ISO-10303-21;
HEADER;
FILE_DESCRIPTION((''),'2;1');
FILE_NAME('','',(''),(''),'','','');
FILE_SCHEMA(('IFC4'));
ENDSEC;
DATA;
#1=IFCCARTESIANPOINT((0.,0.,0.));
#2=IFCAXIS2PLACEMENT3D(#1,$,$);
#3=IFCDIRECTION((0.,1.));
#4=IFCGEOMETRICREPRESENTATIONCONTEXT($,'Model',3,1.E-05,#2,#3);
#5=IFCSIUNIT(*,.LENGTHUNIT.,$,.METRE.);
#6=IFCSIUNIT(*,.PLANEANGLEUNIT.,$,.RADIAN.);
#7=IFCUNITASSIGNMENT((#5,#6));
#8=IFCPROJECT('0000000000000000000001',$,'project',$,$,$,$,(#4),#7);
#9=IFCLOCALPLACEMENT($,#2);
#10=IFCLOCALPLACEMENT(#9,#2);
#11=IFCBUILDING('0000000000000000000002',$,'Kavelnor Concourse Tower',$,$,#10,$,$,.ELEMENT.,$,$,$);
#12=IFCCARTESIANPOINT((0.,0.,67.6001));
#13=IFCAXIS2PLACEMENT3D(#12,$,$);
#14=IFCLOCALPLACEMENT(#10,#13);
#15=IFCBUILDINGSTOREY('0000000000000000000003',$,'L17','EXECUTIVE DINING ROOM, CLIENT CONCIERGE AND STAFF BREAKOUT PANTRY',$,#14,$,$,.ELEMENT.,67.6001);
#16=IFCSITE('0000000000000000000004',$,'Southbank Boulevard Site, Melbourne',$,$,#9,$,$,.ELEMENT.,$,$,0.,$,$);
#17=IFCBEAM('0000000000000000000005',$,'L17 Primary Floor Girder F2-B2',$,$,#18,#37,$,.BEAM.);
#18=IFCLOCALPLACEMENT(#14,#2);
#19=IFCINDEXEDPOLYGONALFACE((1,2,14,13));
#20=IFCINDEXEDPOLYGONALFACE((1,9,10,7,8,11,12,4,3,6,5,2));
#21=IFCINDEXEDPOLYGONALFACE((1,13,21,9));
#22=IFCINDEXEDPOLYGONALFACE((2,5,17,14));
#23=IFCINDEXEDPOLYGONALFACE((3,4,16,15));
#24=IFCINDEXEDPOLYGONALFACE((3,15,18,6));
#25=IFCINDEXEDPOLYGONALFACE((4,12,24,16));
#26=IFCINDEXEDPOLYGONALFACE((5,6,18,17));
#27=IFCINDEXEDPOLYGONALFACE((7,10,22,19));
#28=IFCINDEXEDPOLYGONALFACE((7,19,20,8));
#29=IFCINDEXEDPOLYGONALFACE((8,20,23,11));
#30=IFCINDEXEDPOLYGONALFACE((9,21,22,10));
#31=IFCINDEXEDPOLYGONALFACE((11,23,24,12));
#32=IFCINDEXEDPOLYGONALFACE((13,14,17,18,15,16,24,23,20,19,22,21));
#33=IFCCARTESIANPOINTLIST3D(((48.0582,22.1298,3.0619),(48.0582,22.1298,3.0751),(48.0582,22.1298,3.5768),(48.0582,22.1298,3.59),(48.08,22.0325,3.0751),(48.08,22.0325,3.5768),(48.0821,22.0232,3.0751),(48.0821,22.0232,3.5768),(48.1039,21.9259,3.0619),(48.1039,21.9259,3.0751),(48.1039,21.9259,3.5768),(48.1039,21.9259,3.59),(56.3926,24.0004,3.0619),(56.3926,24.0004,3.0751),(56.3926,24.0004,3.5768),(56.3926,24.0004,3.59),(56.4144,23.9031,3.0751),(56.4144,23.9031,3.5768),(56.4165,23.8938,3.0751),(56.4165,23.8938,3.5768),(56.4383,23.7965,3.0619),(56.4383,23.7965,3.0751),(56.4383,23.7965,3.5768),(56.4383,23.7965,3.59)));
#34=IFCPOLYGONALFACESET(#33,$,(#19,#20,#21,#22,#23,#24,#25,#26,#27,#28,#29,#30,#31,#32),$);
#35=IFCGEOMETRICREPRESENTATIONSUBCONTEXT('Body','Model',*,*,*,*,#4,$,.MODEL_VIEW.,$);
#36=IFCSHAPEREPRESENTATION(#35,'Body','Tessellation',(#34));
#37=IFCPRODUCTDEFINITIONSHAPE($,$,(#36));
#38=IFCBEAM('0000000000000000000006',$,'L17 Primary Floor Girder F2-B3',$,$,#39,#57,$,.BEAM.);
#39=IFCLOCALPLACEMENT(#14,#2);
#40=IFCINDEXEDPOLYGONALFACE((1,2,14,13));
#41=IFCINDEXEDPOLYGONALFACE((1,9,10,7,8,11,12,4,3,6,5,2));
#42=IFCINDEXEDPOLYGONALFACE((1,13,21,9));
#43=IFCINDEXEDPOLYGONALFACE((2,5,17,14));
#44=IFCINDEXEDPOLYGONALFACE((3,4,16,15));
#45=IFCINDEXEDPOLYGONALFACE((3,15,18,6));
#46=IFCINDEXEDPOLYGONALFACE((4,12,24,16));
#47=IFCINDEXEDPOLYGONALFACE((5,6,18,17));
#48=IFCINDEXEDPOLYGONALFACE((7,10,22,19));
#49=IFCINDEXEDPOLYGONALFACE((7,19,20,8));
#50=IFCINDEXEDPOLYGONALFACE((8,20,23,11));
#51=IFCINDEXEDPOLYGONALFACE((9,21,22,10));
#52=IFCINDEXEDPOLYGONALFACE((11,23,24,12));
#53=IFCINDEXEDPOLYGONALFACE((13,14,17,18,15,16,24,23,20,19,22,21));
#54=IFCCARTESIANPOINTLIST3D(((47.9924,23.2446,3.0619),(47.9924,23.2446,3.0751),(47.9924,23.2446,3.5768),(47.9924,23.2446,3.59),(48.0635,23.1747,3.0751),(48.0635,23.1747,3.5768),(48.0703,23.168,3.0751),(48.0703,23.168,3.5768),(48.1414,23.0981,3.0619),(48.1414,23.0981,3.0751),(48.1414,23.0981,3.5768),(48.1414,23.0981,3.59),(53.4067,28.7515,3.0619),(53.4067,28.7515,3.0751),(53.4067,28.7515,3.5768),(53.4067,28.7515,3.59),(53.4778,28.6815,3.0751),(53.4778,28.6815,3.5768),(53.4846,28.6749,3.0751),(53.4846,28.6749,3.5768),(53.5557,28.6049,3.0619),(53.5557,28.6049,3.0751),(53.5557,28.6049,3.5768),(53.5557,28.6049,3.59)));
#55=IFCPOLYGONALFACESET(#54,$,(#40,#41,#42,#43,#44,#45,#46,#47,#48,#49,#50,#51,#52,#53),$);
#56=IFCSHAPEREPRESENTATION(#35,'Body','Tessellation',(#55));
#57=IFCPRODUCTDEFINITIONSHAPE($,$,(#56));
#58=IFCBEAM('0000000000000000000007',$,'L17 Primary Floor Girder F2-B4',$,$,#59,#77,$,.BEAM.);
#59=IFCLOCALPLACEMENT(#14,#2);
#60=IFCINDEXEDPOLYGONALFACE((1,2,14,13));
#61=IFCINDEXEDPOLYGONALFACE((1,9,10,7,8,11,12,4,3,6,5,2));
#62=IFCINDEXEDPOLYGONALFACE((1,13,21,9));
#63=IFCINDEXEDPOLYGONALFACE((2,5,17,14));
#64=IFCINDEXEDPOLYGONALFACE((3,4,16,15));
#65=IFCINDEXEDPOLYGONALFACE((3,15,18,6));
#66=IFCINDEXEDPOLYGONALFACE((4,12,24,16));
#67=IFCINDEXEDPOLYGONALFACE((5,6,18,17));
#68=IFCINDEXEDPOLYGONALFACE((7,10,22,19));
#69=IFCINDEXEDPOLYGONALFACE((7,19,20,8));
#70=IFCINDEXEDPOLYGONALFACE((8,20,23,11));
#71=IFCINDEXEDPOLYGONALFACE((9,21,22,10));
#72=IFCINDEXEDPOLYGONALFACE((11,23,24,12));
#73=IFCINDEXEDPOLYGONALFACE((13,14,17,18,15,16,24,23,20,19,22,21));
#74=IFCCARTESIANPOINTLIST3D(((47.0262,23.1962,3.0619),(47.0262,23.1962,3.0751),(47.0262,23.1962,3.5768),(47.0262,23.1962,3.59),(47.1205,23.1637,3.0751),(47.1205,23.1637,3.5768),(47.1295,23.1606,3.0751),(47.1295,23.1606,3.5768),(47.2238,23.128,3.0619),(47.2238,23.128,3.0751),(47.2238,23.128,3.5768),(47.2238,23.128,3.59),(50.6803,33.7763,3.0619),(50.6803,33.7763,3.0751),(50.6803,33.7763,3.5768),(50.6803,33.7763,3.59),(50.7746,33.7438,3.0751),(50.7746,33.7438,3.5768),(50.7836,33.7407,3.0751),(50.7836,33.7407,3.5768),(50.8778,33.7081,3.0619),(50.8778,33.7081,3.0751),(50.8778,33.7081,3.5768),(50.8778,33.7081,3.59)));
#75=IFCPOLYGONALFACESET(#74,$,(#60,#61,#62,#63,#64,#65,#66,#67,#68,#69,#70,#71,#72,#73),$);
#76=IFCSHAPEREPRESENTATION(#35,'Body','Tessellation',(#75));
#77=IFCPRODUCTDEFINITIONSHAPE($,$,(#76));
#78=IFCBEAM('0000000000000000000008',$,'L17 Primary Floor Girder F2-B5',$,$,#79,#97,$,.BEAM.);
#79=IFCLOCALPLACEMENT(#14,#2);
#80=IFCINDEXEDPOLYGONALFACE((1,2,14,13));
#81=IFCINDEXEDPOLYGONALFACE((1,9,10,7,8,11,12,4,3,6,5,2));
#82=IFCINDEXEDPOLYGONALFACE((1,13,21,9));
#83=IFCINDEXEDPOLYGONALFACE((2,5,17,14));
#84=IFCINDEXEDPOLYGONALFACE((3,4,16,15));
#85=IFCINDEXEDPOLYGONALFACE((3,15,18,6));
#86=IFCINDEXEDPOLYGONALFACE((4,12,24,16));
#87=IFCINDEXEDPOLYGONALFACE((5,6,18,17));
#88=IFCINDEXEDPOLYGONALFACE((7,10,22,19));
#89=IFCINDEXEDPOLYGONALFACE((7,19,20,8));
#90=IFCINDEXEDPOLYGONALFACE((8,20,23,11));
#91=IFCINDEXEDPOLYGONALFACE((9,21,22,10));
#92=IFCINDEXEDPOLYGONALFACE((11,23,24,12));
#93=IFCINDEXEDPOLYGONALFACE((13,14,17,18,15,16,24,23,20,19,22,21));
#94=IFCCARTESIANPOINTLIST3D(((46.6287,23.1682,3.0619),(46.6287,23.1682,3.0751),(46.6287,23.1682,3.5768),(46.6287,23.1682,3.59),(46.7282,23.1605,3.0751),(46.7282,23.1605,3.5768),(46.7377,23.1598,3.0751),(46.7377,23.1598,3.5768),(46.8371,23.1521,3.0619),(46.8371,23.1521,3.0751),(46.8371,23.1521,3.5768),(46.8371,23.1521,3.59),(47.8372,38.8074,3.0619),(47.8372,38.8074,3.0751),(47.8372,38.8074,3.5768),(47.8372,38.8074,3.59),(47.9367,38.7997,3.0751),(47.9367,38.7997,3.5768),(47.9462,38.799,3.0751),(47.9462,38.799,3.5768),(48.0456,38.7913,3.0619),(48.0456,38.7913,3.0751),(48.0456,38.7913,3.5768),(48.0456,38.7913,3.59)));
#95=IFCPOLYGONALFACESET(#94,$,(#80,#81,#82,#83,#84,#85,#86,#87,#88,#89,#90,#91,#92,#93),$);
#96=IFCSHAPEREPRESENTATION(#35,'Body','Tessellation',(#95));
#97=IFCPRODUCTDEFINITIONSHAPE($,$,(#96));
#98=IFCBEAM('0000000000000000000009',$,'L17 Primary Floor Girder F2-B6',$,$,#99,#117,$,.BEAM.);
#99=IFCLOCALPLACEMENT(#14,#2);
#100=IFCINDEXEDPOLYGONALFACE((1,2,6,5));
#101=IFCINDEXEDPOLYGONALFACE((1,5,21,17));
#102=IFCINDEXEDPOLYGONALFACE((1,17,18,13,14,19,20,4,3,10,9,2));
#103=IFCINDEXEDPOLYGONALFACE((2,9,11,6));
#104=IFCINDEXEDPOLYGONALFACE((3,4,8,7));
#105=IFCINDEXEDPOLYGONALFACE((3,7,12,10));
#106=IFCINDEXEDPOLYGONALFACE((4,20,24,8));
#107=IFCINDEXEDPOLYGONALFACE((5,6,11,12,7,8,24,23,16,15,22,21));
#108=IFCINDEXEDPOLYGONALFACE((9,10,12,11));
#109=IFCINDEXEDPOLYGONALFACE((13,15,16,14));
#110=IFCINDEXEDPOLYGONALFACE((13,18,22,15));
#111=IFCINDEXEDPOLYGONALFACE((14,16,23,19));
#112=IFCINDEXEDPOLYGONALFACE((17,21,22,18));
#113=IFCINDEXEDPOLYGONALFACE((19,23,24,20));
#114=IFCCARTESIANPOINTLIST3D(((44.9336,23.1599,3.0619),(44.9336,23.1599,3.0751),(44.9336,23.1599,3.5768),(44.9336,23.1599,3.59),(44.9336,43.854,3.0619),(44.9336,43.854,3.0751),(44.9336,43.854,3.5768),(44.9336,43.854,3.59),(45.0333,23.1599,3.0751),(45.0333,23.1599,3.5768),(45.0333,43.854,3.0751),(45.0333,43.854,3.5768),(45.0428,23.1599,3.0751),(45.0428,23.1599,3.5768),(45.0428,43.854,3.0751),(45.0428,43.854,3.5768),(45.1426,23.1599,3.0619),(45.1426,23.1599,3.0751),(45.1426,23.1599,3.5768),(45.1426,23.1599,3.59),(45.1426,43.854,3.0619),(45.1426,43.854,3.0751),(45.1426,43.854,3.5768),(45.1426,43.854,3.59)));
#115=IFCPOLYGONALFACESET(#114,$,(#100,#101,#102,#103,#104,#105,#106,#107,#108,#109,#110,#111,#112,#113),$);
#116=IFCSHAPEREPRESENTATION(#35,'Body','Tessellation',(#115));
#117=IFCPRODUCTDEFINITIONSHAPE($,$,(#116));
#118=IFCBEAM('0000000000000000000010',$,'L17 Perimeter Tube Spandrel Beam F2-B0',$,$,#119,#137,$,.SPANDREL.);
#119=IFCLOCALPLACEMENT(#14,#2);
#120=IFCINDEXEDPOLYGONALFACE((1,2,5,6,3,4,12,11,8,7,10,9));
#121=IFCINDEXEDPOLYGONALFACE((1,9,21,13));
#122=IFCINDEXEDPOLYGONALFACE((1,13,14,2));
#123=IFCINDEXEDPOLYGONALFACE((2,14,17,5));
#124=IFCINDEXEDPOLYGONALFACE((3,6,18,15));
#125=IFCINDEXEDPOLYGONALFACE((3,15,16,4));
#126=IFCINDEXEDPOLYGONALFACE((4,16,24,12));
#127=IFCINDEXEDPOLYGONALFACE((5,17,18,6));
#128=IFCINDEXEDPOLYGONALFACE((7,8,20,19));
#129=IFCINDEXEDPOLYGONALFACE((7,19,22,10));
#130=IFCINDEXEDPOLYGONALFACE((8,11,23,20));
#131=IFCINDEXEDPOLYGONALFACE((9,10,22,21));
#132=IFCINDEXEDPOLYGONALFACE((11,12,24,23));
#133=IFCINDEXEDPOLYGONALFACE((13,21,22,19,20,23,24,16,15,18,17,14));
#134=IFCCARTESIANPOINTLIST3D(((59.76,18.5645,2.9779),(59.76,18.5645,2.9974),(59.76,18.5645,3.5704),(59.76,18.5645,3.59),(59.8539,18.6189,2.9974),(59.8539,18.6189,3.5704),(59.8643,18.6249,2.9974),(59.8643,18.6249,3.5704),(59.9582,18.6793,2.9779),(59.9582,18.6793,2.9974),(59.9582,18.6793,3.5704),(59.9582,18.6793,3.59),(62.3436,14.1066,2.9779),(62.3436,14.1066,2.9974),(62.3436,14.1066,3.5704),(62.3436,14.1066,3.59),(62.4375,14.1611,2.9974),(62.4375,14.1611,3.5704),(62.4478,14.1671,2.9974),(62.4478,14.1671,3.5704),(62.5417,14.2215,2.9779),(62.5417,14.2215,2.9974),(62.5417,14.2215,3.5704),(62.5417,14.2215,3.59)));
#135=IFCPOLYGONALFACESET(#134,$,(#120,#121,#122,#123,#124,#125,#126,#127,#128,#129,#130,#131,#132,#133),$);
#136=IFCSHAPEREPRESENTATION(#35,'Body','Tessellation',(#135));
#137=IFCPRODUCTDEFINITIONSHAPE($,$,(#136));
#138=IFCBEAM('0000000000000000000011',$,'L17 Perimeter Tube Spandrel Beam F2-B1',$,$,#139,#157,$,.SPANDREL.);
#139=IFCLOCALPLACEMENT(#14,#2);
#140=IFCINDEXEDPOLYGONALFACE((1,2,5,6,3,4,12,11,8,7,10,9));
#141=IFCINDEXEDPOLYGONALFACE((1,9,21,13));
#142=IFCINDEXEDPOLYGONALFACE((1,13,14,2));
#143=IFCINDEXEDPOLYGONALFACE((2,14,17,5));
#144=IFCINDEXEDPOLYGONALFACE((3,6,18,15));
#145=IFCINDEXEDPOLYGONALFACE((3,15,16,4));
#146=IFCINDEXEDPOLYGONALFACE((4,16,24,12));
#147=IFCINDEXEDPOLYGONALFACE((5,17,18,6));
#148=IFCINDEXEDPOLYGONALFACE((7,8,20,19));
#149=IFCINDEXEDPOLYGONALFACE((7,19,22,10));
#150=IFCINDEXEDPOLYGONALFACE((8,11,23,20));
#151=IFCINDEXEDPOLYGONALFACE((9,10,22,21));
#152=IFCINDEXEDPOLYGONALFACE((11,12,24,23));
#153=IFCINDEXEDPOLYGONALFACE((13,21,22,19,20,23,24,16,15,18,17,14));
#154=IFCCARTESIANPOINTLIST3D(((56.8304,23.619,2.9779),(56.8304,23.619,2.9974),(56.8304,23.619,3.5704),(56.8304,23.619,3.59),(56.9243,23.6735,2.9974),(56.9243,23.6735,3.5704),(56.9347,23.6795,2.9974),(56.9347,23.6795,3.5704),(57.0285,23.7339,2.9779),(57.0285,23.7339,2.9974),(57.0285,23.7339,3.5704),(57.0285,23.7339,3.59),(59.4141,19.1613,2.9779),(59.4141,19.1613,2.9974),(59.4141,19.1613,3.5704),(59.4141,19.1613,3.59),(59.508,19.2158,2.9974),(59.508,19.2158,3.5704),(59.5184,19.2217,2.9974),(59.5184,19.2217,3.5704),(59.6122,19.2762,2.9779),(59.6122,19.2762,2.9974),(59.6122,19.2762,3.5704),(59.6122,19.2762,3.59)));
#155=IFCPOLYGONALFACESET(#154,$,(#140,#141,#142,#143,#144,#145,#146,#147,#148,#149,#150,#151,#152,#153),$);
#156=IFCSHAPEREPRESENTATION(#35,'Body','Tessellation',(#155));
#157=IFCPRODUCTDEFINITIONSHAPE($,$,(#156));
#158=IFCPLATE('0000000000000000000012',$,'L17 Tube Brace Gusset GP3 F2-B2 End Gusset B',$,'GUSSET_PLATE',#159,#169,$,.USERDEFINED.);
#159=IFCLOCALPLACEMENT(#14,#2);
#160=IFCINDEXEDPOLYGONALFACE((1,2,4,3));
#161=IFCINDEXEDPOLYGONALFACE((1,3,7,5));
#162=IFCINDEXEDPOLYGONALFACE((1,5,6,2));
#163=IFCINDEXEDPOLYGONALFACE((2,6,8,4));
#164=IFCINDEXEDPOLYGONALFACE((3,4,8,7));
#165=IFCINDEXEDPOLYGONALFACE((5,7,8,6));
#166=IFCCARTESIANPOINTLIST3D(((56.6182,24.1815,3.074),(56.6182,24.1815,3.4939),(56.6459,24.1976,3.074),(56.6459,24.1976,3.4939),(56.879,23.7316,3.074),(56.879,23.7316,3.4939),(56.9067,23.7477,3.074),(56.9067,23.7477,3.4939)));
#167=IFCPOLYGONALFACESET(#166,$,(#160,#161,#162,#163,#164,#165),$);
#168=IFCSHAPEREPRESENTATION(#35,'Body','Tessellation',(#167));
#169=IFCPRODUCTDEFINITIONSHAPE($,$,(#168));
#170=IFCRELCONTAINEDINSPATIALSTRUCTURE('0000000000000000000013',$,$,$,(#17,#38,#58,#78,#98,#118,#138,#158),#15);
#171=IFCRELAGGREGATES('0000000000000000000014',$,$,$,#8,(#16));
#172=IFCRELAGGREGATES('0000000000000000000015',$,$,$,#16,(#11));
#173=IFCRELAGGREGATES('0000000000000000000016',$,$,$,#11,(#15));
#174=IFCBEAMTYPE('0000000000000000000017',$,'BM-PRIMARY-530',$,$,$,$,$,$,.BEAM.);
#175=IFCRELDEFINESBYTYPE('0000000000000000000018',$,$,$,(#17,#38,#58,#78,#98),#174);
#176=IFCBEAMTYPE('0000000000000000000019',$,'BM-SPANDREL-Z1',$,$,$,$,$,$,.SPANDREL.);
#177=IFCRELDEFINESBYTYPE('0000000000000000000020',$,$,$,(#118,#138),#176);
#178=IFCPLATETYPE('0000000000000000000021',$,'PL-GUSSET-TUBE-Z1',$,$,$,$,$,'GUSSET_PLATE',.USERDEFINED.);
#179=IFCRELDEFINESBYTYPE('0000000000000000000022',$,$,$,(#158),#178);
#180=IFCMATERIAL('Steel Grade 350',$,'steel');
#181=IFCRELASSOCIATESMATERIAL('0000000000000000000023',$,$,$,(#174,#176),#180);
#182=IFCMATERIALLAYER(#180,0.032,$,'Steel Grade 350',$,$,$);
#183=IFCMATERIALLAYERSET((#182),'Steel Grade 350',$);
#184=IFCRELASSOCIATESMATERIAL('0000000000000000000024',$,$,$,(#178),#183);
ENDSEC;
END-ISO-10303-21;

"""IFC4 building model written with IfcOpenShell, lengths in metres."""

from ifc_helpers import new_model, si_unit, direction, frame, origin, origin_2d, place, context, subcontext, project, spatial, rectangle, i_section, extrude, material, layer, layer_set, material_profile, profile_set, type_object, element, save


model = new_model("IFC4")

# Units and contexts
model_context = context("Model", 3, precision=1e-05, world=origin(), true_north=direction((0.0, 1.0)))
body_context = subcontext(model_context, "Body", "Model", "MODEL_VIEW")
ifc_project = project(units=[si_unit("LENGTHUNIT", "METRE"), si_unit("PLANEANGLEUNIT", "RADIAN")], contexts=[model_context])

# Site, building, storey
site_placement = place(None, origin())
site = spatial("IfcSite", under=ifc_project, at=site_placement, Name="Southbank Boulevard Site, Melbourne", CompositionType="ELEMENT", RefElevation=0.0)
building_placement = place(site_placement, origin())
building = spatial("IfcBuilding", under=site, at=building_placement, Name="Kavelnor Concourse Tower", CompositionType="ELEMENT")
storey_placement = place(building_placement, frame((0.0, 0.0, 67.6001)))
storey = spatial("IfcBuildingStorey", under=building, at=storey_placement, Name="L17", Description="EXECUTIVE DINING ROOM, CLIENT CONCIERGE AND STAFF BREAKOUT PANTRY", CompositionType="ELEMENT", Elevation=67.6001)

# Shared definitions
ifc_material_1 = material(Name="Steel Grade 350", Category="steel")

# Beams
ifc_material_profile_1 = material_profile(ifc_material_1, i_section(OverallWidth=0.209, OverallDepth=0.5281, WebThickness=0.0095, FlangeThickness=0.0132, at=origin_2d()), Name="530UB82")
ifc_profile_set_1 = profile_set([ifc_material_profile_1], Name="Steel Grade 350")
beam_type_1 = type_object("IfcBeamType", Name="BM-PRIMARY-530", PredefinedType="BEAM", material=ifc_profile_set_1)
beam_1_placement = place(storey_placement, frame((48.0811, 22.0278, 3.3259), z_axis=(0.975726, 0.218994, 0.0), x_axis=(-0.218994, 0.975726, 0.0)))
element("IfcBeam", 1, at=beam_1_placement, inside=storey, type_object=beam_type_1, Name="L17 Primary Floor Girder F2-B2", PredefinedType="BEAM", context=body_context, shape_type="SweptSolid", body=[
    extrude(i_section(OverallWidth=0.209, OverallDepth=0.5281, WebThickness=0.0095, FlangeThickness=0.0132, at=origin_2d()), origin(), (0.0, 0.0, 1.0), 8.5417),
])
beam_2_placement = place(storey_placement, frame((48.0669, 23.1714, 3.3259), z_axis=(0.701091, 0.713072, 0.0), x_axis=(-0.713072, 0.701091, 0.0)))
element("IfcBeam", 2, at=beam_2_placement, inside=storey, type_object=beam_type_1, Name="L17 Primary Floor Girder F2-B3", PredefinedType="BEAM", context=body_context, shape_type="SweptSolid", body=[
    extrude(i_section(OverallWidth=0.209, OverallDepth=0.5281, WebThickness=0.0095, FlangeThickness=0.0132, at=origin_2d()), origin(), (0.0, 0.0, 1.0), 7.7227),
])
beam_3_placement = place(storey_placement, frame((47.125, 23.1621, 3.3259), z_axis=(0.32645, 0.945215, 0.0), x_axis=(-0.945215, 0.32645, 0.0)))
element("IfcBeam", 3, at=beam_3_placement, inside=storey, type_object=beam_type_1, Name="L17 Primary Floor Girder F2-B4", PredefinedType="BEAM", context=body_context, shape_type="SweptSolid", body=[
    extrude(i_section(OverallWidth=0.209, OverallDepth=0.5281, WebThickness=0.0095, FlangeThickness=0.0132, at=origin_2d()), origin(), (0.0, 0.0, 1.0), 11.1934),
])
beam_4_placement = place(storey_placement, frame((46.7329, 23.1602, 3.3259), z_axis=(0.077044, 0.997028, 0.0), x_axis=(-0.997028, 0.077044, 0.0)))
element("IfcBeam", 4, at=beam_4_placement, inside=storey, type_object=beam_type_1, Name="L17 Primary Floor Girder F2-B5", PredefinedType="BEAM", context=body_context, shape_type="SweptSolid", body=[
    extrude(i_section(OverallWidth=0.209, OverallDepth=0.5281, WebThickness=0.0095, FlangeThickness=0.0132, at=origin_2d()), origin(), (0.0, 0.0, 1.0), 15.6858),
])
beam_5_placement = place(storey_placement, frame((45.0381, 23.1599, 3.3259), z_axis=(0.0, 1.0, 0.0), x_axis=(-1.0, 0.0, 0.0)))
element("IfcBeam", 5, at=beam_5_placement, inside=storey, type_object=beam_type_1, Name="L17 Primary Floor Girder F2-B6", PredefinedType="BEAM", context=body_context, shape_type="SweptSolid", body=[
    extrude(i_section(OverallWidth=0.209, OverallDepth=0.5281, WebThickness=0.0095, FlangeThickness=0.0132, at=origin_2d()), origin(), (0.0, 0.0, 1.0), 20.6941),
])
ifc_material_profile_2 = material_profile(ifc_material_1, i_section(OverallWidth=0.229, OverallDepth=0.6121, WebThickness=0.012, FlangeThickness=0.0195, at=origin_2d()), Name="610UB125")
ifc_profile_set_2 = profile_set([ifc_material_profile_2], Name="Steel Grade 350")
beam_type_2 = type_object("IfcBeamType", Name="BM-SPANDREL-Z1", PredefinedType="SPANDREL", material=ifc_profile_set_2)
for number, where, z_axis, x_axis, name in (
    (6, (62.4426, 14.1641, 3.2839), (-0.501427, 0.8652, 0.0), (-0.8652, -0.501427, 0.0), "L17 Perimeter Tube Spandrel Beam F2-B0"),
    (7, (59.5132, 19.2188, 3.2839), (-0.501462, 0.86518, 0.0), (-0.86518, -0.501462, 0.0), "L17 Perimeter Tube Spandrel Beam F2-B1"),
):
    element("IfcBeam", number, at=place(storey_placement, frame(where, z_axis=z_axis, x_axis=x_axis)), inside=storey, type_object=beam_type_2, Name=name, PredefinedType="SPANDREL", context=body_context, shape_type="SweptSolid", body=[
        extrude(i_section(OverallWidth=0.229, OverallDepth=0.6121, WebThickness=0.012, FlangeThickness=0.0195, at=origin_2d()), origin(), (0.0, 0.0, 1.0), 5.1523),
    ])

# Plate
ifc_layer_1 = layer(ifc_material_1, 0.032, Name="Steel Grade 350")
ifc_layer_set_1 = layer_set([ifc_layer_1], Name="Steel Grade 350")
plate_type = type_object("IfcPlateType", Name="PL-GUSSET-TUBE-Z1", ElementType="GUSSET_PLATE", PredefinedType="USERDEFINED", material=ifc_layer_set_1)
plate_placement = place(storey_placement, frame((56.7625, 23.9646, 3.074), z_axis=(0.0, 0.0, 1.0), x_axis=(0.501511, -0.865151, 0.0)))
element("IfcPlate", 8, at=plate_placement, inside=storey, type_object=plate_type, Name="L17 Tube Brace Gusset GP3 F2-B2 End Gusset B", ObjectType="GUSSET_PLATE", PredefinedType="USERDEFINED", context=body_context, shape_type="SweptSolid", body=[
    extrude(rectangle(XDim=0.52, YDim=0.032, at=origin_2d()), origin(), (0.0, 0.0, 1.0), 0.4199),
])

save(model, "model.ifc")
